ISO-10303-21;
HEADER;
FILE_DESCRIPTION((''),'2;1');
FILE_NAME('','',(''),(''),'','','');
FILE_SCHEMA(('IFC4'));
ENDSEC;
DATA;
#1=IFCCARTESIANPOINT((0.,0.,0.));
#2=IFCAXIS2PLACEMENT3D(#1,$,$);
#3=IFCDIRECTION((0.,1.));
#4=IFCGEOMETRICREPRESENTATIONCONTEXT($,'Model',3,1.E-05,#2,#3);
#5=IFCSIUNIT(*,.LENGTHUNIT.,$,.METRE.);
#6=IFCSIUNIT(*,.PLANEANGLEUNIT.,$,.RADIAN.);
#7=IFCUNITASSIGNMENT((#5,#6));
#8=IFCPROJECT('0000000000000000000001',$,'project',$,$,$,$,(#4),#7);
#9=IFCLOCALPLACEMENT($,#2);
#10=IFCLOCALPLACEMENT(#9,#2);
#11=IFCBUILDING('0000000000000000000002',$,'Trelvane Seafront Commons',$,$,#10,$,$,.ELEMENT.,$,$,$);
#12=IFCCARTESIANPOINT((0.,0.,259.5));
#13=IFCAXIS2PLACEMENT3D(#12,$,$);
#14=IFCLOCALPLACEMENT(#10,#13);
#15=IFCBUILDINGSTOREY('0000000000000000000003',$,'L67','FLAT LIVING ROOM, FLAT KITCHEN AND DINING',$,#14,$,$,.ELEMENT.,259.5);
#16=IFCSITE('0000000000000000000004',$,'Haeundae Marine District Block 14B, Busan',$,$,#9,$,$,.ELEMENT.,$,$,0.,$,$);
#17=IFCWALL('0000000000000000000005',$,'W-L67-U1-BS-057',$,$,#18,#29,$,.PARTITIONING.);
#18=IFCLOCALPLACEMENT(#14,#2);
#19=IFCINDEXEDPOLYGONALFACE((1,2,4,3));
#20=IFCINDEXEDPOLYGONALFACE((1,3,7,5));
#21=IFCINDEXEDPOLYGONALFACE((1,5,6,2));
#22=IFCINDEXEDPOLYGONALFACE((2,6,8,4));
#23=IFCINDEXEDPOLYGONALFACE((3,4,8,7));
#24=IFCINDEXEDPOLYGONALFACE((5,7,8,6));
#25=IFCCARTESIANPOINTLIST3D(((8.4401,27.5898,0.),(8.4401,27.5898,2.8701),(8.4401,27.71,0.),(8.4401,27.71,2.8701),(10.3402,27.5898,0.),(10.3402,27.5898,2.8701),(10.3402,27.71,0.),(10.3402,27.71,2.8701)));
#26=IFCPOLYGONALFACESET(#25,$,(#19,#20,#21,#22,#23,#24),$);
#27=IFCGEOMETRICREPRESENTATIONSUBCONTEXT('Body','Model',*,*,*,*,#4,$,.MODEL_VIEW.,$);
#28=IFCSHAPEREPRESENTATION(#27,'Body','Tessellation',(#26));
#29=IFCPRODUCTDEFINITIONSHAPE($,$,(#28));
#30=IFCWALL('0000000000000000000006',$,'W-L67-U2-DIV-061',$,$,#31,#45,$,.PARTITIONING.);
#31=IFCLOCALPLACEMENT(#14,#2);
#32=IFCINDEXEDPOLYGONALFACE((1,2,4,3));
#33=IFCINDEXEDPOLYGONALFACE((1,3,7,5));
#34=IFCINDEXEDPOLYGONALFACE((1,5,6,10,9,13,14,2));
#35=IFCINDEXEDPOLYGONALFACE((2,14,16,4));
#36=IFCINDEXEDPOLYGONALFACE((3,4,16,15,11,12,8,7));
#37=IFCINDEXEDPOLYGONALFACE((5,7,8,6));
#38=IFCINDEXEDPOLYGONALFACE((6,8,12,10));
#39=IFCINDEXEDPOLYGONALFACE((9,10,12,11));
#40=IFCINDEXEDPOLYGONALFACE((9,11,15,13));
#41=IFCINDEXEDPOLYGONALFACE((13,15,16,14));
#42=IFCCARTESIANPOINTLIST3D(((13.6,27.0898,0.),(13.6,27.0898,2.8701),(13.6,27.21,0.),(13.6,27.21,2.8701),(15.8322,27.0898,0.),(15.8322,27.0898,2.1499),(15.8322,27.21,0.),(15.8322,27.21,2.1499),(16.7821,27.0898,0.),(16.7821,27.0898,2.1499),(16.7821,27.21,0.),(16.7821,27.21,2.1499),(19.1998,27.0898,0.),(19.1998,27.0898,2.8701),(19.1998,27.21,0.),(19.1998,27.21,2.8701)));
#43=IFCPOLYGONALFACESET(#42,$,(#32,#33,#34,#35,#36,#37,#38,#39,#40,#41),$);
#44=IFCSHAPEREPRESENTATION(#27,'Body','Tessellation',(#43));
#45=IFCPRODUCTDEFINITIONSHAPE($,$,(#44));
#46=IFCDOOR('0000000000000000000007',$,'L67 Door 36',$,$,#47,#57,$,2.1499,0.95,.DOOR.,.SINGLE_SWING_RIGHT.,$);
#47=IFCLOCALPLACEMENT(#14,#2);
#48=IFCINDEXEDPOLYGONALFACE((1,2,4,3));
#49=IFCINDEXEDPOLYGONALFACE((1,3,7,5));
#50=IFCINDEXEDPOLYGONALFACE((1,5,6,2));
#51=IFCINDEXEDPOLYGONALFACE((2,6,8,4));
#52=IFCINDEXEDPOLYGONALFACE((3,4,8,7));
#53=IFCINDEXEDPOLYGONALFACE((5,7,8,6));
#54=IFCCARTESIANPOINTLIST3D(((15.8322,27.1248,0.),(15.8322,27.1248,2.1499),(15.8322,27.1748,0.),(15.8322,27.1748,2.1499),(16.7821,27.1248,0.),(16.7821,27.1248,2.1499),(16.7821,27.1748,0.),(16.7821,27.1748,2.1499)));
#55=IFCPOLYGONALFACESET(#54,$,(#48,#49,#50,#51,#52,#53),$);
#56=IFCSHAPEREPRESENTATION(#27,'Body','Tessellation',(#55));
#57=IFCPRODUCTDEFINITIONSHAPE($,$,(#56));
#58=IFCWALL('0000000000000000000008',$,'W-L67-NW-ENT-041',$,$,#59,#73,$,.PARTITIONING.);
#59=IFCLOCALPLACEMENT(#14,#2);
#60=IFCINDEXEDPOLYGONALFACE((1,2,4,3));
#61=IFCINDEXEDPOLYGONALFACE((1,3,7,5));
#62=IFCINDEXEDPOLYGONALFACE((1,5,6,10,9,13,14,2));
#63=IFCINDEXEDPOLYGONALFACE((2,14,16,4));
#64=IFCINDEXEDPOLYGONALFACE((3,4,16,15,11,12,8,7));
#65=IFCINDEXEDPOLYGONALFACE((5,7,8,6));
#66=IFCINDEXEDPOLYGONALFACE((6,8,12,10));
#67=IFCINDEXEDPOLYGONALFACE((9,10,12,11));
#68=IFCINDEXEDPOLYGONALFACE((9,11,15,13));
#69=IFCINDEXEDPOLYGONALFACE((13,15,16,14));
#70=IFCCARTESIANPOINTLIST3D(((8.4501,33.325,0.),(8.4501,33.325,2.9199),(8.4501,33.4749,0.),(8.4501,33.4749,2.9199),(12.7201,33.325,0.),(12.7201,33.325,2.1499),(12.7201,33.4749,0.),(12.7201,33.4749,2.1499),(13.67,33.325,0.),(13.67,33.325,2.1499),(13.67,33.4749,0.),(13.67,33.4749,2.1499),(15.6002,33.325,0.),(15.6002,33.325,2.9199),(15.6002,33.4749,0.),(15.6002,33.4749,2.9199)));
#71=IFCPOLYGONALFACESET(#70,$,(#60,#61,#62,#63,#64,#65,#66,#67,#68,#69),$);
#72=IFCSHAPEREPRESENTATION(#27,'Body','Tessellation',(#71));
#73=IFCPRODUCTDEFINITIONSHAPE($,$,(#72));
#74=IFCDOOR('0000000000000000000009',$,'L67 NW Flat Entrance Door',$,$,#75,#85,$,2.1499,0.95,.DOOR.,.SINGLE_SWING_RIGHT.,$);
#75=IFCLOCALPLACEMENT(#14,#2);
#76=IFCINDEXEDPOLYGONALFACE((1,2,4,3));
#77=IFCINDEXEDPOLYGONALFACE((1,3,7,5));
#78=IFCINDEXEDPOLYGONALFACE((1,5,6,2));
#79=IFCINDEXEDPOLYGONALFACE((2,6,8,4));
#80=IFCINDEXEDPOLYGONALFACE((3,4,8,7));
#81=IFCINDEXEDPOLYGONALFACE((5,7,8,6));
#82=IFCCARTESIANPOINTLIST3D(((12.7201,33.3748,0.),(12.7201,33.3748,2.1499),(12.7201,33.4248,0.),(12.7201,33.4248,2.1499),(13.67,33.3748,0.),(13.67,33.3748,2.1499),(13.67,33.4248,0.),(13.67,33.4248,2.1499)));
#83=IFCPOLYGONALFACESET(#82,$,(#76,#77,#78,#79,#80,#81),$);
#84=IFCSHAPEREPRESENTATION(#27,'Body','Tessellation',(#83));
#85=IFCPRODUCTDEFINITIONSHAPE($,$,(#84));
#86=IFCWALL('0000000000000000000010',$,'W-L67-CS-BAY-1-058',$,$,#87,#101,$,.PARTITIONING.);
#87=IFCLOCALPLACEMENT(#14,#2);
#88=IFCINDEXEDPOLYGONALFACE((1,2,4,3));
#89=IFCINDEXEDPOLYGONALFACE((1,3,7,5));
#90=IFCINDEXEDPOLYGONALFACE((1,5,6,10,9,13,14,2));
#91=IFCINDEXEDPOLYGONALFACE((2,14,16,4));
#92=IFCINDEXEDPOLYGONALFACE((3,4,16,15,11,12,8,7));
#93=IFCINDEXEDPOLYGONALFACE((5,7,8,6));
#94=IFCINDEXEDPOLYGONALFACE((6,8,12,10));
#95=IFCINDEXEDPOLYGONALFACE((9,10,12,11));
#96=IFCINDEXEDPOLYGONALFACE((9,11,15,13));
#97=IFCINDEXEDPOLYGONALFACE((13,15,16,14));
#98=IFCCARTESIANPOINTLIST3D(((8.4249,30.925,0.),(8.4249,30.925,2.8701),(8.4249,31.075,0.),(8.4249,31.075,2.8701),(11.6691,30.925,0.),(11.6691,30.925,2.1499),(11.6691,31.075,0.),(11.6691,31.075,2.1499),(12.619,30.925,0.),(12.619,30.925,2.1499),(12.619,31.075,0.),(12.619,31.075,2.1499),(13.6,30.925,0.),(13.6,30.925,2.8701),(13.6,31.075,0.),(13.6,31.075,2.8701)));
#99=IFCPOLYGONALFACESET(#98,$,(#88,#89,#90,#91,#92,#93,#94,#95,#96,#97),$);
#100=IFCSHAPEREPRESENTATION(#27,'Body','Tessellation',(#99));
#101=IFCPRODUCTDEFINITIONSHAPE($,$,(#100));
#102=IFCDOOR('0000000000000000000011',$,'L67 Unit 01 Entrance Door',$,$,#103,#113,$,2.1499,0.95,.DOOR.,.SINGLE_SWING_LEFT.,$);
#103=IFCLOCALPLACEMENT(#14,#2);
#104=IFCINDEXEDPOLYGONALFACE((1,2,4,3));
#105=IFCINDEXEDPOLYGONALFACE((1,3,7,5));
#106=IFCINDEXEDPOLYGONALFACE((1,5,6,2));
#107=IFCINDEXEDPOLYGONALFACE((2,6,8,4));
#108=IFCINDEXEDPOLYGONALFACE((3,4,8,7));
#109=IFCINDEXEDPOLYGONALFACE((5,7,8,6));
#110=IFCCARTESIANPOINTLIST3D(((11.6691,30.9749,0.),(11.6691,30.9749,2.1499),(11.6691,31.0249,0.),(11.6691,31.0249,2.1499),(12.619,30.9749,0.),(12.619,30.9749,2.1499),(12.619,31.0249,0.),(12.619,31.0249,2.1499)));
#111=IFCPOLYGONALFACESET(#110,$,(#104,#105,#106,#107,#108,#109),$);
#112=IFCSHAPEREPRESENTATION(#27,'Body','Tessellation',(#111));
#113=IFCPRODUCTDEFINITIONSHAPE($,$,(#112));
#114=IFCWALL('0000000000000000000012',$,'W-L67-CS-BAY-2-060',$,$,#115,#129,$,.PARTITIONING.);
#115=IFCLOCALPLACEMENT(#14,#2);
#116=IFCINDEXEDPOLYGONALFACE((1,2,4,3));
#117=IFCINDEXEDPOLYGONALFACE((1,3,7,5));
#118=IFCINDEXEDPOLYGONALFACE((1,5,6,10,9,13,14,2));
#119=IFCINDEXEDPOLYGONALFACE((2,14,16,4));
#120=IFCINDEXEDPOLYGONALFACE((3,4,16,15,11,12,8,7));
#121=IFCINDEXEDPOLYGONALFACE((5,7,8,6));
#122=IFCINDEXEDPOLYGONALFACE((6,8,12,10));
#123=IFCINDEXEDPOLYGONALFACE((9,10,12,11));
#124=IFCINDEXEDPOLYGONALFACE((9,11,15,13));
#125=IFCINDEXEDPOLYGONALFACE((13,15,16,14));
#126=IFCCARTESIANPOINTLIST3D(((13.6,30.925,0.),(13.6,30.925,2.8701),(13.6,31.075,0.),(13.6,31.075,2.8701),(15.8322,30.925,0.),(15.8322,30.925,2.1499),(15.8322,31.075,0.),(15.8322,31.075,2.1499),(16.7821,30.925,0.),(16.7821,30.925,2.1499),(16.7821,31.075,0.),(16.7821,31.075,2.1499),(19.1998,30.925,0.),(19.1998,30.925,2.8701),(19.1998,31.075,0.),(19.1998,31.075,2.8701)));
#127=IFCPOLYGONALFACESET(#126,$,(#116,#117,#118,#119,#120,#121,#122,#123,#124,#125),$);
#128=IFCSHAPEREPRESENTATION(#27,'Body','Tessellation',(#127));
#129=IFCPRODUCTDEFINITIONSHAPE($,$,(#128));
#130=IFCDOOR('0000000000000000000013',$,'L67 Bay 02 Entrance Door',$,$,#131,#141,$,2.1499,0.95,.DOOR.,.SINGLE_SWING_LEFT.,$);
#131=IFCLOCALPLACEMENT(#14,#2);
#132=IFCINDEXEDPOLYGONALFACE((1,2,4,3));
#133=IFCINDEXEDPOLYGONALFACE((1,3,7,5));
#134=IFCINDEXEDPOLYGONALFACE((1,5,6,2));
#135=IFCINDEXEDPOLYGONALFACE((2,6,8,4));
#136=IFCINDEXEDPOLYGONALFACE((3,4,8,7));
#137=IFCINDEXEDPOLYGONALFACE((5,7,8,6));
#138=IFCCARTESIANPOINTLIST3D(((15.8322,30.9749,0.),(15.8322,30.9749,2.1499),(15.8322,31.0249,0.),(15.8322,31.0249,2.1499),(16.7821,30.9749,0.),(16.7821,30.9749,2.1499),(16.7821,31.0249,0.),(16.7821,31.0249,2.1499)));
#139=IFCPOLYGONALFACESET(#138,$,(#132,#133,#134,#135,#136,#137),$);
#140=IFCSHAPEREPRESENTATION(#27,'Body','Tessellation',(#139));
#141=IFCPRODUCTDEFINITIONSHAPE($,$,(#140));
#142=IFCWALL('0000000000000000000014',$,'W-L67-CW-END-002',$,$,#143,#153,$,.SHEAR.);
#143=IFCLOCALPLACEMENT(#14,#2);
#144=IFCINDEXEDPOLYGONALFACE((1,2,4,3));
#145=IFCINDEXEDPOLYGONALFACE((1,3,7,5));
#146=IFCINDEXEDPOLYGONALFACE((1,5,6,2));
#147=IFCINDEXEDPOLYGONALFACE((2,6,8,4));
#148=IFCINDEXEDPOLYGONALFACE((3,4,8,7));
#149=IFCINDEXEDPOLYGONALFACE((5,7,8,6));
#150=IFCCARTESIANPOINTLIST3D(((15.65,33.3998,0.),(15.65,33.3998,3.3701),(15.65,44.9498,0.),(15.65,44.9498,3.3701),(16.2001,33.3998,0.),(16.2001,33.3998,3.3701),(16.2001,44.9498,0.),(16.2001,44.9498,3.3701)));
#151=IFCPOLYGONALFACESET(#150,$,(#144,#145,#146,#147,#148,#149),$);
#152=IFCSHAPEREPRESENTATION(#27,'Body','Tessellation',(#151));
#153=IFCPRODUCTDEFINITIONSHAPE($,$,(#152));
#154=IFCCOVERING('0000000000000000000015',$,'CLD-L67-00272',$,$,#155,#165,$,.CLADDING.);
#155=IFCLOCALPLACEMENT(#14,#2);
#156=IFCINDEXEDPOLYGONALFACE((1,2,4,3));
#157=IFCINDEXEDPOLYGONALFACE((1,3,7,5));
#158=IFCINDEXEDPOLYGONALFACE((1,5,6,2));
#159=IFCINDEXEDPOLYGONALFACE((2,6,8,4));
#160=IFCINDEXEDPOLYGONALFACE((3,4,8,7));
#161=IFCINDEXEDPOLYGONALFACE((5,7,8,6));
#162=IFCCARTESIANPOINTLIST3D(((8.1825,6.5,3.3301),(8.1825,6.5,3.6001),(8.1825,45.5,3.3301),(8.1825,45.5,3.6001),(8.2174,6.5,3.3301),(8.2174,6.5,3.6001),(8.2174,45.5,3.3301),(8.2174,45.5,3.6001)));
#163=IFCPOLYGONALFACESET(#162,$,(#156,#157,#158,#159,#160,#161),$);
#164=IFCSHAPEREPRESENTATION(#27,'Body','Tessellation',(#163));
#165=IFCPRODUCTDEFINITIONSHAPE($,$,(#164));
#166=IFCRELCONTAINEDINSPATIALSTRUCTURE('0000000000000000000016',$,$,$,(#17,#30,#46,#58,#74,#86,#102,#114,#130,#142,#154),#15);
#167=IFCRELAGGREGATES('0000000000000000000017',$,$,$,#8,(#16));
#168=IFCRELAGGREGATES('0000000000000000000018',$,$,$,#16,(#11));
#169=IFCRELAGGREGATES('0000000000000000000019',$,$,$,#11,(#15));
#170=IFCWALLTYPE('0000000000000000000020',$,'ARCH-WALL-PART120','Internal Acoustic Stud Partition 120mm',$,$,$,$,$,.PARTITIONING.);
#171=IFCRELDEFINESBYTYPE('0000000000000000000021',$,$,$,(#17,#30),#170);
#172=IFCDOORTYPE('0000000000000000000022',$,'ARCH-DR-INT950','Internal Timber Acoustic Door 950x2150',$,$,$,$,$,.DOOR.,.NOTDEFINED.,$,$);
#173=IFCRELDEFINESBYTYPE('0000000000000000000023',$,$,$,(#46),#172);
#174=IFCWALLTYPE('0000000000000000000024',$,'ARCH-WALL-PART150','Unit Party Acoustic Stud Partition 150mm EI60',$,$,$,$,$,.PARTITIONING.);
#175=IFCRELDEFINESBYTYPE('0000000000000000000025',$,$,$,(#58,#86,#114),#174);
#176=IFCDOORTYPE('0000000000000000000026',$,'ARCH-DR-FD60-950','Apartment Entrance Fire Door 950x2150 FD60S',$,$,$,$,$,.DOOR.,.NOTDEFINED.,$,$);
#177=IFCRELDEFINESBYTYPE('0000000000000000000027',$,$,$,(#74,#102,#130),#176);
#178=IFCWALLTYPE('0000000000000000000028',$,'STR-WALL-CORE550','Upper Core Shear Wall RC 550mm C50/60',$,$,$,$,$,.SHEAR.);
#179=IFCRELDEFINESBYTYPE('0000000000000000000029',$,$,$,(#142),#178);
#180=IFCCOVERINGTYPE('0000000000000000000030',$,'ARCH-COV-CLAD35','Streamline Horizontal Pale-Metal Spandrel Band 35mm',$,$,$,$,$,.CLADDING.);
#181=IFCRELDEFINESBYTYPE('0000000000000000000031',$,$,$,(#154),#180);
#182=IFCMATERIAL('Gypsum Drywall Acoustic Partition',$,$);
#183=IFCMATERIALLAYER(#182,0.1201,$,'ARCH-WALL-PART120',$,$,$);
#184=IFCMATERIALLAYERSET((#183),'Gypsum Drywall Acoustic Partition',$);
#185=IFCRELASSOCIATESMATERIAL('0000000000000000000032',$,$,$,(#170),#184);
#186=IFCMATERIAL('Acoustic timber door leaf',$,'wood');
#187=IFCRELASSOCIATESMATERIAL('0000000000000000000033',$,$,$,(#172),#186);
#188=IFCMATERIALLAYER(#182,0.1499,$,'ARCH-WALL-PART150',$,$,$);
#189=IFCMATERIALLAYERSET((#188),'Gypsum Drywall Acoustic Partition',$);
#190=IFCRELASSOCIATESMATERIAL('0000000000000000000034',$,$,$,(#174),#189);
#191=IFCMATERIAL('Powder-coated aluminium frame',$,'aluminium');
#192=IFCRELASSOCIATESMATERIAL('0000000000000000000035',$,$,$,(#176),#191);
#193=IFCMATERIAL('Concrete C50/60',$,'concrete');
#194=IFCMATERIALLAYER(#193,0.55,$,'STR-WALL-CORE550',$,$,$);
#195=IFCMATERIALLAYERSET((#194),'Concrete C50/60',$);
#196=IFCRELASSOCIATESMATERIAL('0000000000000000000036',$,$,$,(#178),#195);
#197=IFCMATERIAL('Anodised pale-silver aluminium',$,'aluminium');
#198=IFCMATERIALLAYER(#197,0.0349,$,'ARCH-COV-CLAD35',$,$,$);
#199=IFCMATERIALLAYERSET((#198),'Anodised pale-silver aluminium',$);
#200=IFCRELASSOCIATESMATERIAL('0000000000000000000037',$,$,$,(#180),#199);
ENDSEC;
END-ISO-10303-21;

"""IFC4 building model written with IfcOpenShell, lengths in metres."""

from ifc_helpers import new_model, si_unit, direction, frame, frame_2d, origin, origin_2d, place, context, subcontext, project, spatial, rectangle, extrude, source, transform, mapped, material, layer, layer_set, type_object, element, fill, save


model = new_model("IFC4")

# Units and contexts
model_context = context("Model", 3, precision=1e-05, world=origin(), true_north=direction((0.0, 1.0)))
body_context = subcontext(model_context, "Body", "Model", "MODEL_VIEW")
ifc_project = project(units=[si_unit("LENGTHUNIT", "METRE"), si_unit("PLANEANGLEUNIT", "RADIAN")], contexts=[model_context])

# Site, building, storey
site_placement = place(None, origin())
site = spatial("IfcSite", under=ifc_project, at=site_placement, Name="Haeundae Marine District Block 14B, Busan", CompositionType="ELEMENT", RefElevation=0.0)
building_placement = place(site_placement, origin())
building = spatial("IfcBuilding", under=site, at=building_placement, Name="Trelvane Seafront Commons", CompositionType="ELEMENT")
storey_placement = place(building_placement, frame((0.0, 0.0, 259.5)))
storey = spatial("IfcBuildingStorey", under=building, at=storey_placement, Name="L67", Description="FLAT LIVING ROOM, FLAT KITCHEN AND DINING", CompositionType="ELEMENT", Elevation=259.5)

# Shared definitions
ifc_material_1 = material(Name="Concrete C50/60", Category="concrete")

# Shared definitions
ifc_material_2 = material(Name="Gypsum Drywall Acoustic Partition")
ifc_layer_1 = layer(ifc_material_2, 0.1201, Name="ARCH-WALL-PART120")
ifc_layer_set_1 = layer_set([ifc_layer_1], Name="Gypsum Drywall Acoustic Partition")
wall_type_1 = type_object("IfcWallType", Name="ARCH-WALL-PART120", Description="Internal Acoustic Stud Partition 120mm", PredefinedType="PARTITIONING", material=ifc_layer_set_1)
ifc_material_3 = material(Name="Acoustic timber door leaf", Category="wood")
door_type_1 = type_object("IfcDoorType", Name="ARCH-DR-INT950", Description="Internal Timber Acoustic Door 950x2150", OperationType="NOTDEFINED", PredefinedType="DOOR", material=ifc_material_3)
shared_shape_1 = source(origin(), body_context, "Body", "SweptSolid", [
    extrude(rectangle(XDim=0.95, YDim=2.1499, at=frame_2d((0.4751, 1.075))), frame((0.0, 0.0249, 0.0), z_axis=(0.0, -1.0, 0.0), x_axis=(1.0, 0.0, 0.0)), (0.0, 0.0, 1.0), 0.05),
])

# Wall
wall_1_placement = place(storey_placement, frame((8.4399, 27.6499, 0.0), z_axis=(0.0, 0.0, 1.0), x_axis=(1.0, 0.0, 0.0)))
element("IfcWall", 1, at=wall_1_placement, inside=storey, type_object=wall_type_1, Name="W-L67-U1-BS-057", PredefinedType="PARTITIONING", context=body_context, shape_type="SweptSolid", body=[
    extrude(rectangle(XDim=1.9001, YDim=0.1201, at=frame_2d((0.9502, 0.0))), origin(), (0.0, 0.0, 1.0), 2.8701),
])

# Walls, openings, doors
wall_2_placement = place(storey_placement, frame((13.6001, 27.1499, 0.0), z_axis=(0.0, 0.0, 1.0), x_axis=(1.0, 0.0, 0.0)))
wall_2 = element("IfcWall", 2, at=wall_2_placement, inside=storey, type_object=wall_type_1, Name="W-L67-U2-DIV-061", PredefinedType="PARTITIONING", context=body_context, shape_type="SweptSolid", body=[
    extrude(rectangle(XDim=5.5999, YDim=0.1201, at=frame_2d((2.7998, 0.0))), origin(), (0.0, 0.0, 1.0), 2.8701),
])
opening_1_placement = place(wall_2_placement, frame((2.2319, 0.0, 0.0)))
opening_1 = element("IfcOpeningElement", 3, at=opening_1_placement, cuts=wall_2, PredefinedType="OPENING", context=body_context, shape_type="SweptSolid", body=[
    extrude(rectangle(XDim=0.95, YDim=2.1499, at=frame_2d((0.4751, 1.075))), frame((0.0, 0.0701, 0.0), z_axis=(0.0, -1.0, 0.0), x_axis=(1.0, 0.0, 0.0)), (0.0, 0.0, 1.0), 0.1401),
])
door_1_placement = place(opening_1_placement, origin())
door_1 = element("IfcDoor", 4, at=door_1_placement, inside=storey, type_object=door_type_1, Name="L67 Door 36", OperationType="SINGLE_SWING_RIGHT", OverallHeight=2.1499, OverallWidth=0.95, PredefinedType="DOOR", context=body_context, shape_type="MappedRepresentation", body=[
    mapped(shared_shape_1, transform((0.0, 0.0, 0.0), x_axis=(1.0, 0.0, 0.0), y_axis=(0.0, 1.0, 0.0), z_axis=(0.0, 0.0, 1.0), scale=1.0)),
])
fill(opening_1, door_1)
ifc_layer_2 = layer(ifc_material_2, 0.1499, Name="ARCH-WALL-PART150")
ifc_layer_set_2 = layer_set([ifc_layer_2], Name="Gypsum Drywall Acoustic Partition")
wall_type_2 = type_object("IfcWallType", Name="ARCH-WALL-PART150", Description="Unit Party Acoustic Stud Partition 150mm EI60", PredefinedType="PARTITIONING", material=ifc_layer_set_2)
wall_3_placement = place(storey_placement, frame((8.45, 33.3999, 0.0), z_axis=(0.0, 0.0, 1.0), x_axis=(1.0, 0.0, 0.0)))
wall_3 = element("IfcWall", 5, at=wall_3_placement, inside=storey, type_object=wall_type_2, Name="W-L67-NW-ENT-041", PredefinedType="PARTITIONING", context=body_context, shape_type="SweptSolid", body=[
    extrude(rectangle(XDim=7.1501, YDim=0.1499, at=frame_2d((3.5752, 0.0))), origin(), (0.0, 0.0, 1.0), 2.9199),
])
opening_2_placement = place(wall_3_placement, frame((4.27, 0.0, 0.0)))
opening_2 = element("IfcOpeningElement", 6, at=opening_2_placement, cuts=wall_3, PredefinedType="OPENING", context=body_context, shape_type="SweptSolid", body=[
    extrude(rectangle(XDim=0.95, YDim=2.1499, at=frame_2d((0.4751, 1.075))), frame((0.0, 0.085, 0.0), z_axis=(0.0, -1.0, 0.0), x_axis=(1.0, 0.0, 0.0)), (0.0, 0.0, 1.0), 0.1699),
])
ifc_material_4 = material(Name="Powder-coated aluminium frame", Category="aluminium")
door_type_2 = type_object("IfcDoorType", Name="ARCH-DR-FD60-950", Description="Apartment Entrance Fire Door 950x2150 FD60S", OperationType="NOTDEFINED", PredefinedType="DOOR", material=ifc_material_4)
door_2_placement = place(opening_2_placement, origin())
door_2 = element("IfcDoor", 7, at=door_2_placement, inside=storey, type_object=door_type_2, Name="L67 NW Flat Entrance Door", OperationType="SINGLE_SWING_RIGHT", OverallHeight=2.1499, OverallWidth=0.95, PredefinedType="DOOR", context=body_context, shape_type="MappedRepresentation", body=[
    mapped(shared_shape_1, transform((0.0, 0.0, 0.0), x_axis=(1.0, 0.0, 0.0), y_axis=(0.0, 1.0, 0.0), z_axis=(0.0, 0.0, 1.0), scale=1.0)),
])
fill(opening_2, door_2)
wall_4_placement = place(storey_placement, frame((8.425, 31.0, 0.0), z_axis=(0.0, 0.0, 1.0), x_axis=(1.0, 0.0, 0.0)))
wall_4 = element("IfcWall", 8, at=wall_4_placement, inside=storey, type_object=wall_type_2, Name="W-L67-CS-BAY-1-058", PredefinedType="PARTITIONING", context=body_context, shape_type="SweptSolid", body=[
    extrude(rectangle(XDim=5.175, YDim=0.1499, at=frame_2d((2.5874, 0.0))), origin(), (0.0, 0.0, 1.0), 2.8701),
])
opening_3_placement = place(wall_4_placement, frame((3.2439, 0.0, 0.0)))
opening_3 = element("IfcOpeningElement", 9, at=opening_3_placement, cuts=wall_4, PredefinedType="OPENING", context=body_context, shape_type="SweptSolid", body=[
    extrude(rectangle(XDim=0.95, YDim=2.1499, at=frame_2d((0.4751, 1.075))), frame((0.0, 0.085, 0.0), z_axis=(0.0, -1.0, 0.0), x_axis=(1.0, 0.0, 0.0)), (0.0, 0.0, 1.0), 0.1699),
])
door_3_placement = place(opening_3_placement, origin())
door_3 = element("IfcDoor", 10, at=door_3_placement, inside=storey, type_object=door_type_2, Name="L67 Unit 01 Entrance Door", OperationType="SINGLE_SWING_LEFT", OverallHeight=2.1499, OverallWidth=0.95, PredefinedType="DOOR", context=body_context, shape_type="MappedRepresentation", body=[
    mapped(shared_shape_1, transform((0.0, 0.0, 0.0), x_axis=(1.0, 0.0, 0.0), y_axis=(0.0, 1.0, 0.0), z_axis=(0.0, 0.0, 1.0), scale=1.0)),
])
fill(opening_3, door_3)
wall_5_placement = place(storey_placement, frame((13.6001, 31.0, 0.0), z_axis=(0.0, 0.0, 1.0), x_axis=(1.0, 0.0, 0.0)))
wall_5 = element("IfcWall", 11, at=wall_5_placement, inside=storey, type_object=wall_type_2, Name="W-L67-CS-BAY-2-060", PredefinedType="PARTITIONING", context=body_context, shape_type="SweptSolid", body=[
    extrude(rectangle(XDim=5.5999, YDim=0.1499, at=frame_2d((2.7998, 0.0))), origin(), (0.0, 0.0, 1.0), 2.8701),
])
opening_4_placement = place(wall_5_placement, frame((2.2319, 0.0, 0.0)))
opening_4 = element("IfcOpeningElement", 12, at=opening_4_placement, cuts=wall_5, PredefinedType="OPENING", context=body_context, shape_type="SweptSolid", body=[
    extrude(rectangle(XDim=0.95, YDim=2.1499, at=frame_2d((0.4751, 1.075))), frame((0.0, 0.085, 0.0), z_axis=(0.0, -1.0, 0.0), x_axis=(1.0, 0.0, 0.0)), (0.0, 0.0, 1.0), 0.1699),
])
door_4_placement = place(opening_4_placement, origin())
door_4 = element("IfcDoor", 13, at=door_4_placement, inside=storey, type_object=door_type_2, Name="L67 Bay 02 Entrance Door", OperationType="SINGLE_SWING_LEFT", OverallHeight=2.1499, OverallWidth=0.95, PredefinedType="DOOR", context=body_context, shape_type="MappedRepresentation", body=[
    mapped(shared_shape_1, transform((0.0, 0.0, 0.0), x_axis=(1.0, 0.0, 0.0), y_axis=(0.0, 1.0, 0.0), z_axis=(0.0, 0.0, 1.0), scale=1.0)),
])
fill(opening_4, door_4)

# Wall
ifc_layer_3 = layer(ifc_material_1, 0.55, Name="STR-WALL-CORE550")
ifc_layer_set_3 = layer_set([ifc_layer_3], Name="Concrete C50/60")
wall_type_3 = type_object("IfcWallType", Name="STR-WALL-CORE550", Description="Upper Core Shear Wall RC 550mm C50/60", PredefinedType="SHEAR", material=ifc_layer_set_3)
wall_6_placement = place(storey_placement, frame((15.925, 33.3999, 0.0), z_axis=(0.0, 0.0, 1.0), x_axis=(0.0, 1.0, 0.0)))
element("IfcWall", 14, at=wall_6_placement, inside=storey, type_object=wall_type_3, Name="W-L67-CW-END-002", PredefinedType="SHEAR", context=body_context, shape_type="SweptSolid", body=[
    extrude(rectangle(XDim=11.55, YDim=0.55, at=frame_2d((5.7749, 0.0))), origin(), (0.0, 0.0, 1.0), 3.3701),
])

# Covering
ifc_material_5 = material(Name="Anodised pale-silver aluminium", Category="aluminium")
ifc_layer_4 = layer(ifc_material_5, 0.0349, Name="ARCH-COV-CLAD35")
ifc_layer_set_4 = layer_set([ifc_layer_4], Name="Anodised pale-silver aluminium")
covering_type = type_object("IfcCoveringType", Name="ARCH-COV-CLAD35", Description="Streamline Horizontal Pale-Metal Spandrel Band 35mm", PredefinedType="CLADDING", material=ifc_layer_set_4)
shared_shape_2 = source(origin(), body_context, "Body", "SweptSolid", [
    extrude(rectangle(XDim=39.0, YDim=0.0349, at=origin_2d()), origin(), (0.0, 0.0, 1.0), 0.27),
])
covering_placement = place(storey_placement, frame((8.2, 26.0, 3.3301), z_axis=(0.0, 0.0, 1.0), x_axis=(0.0, 1.0, 0.0)))
element("IfcCovering", 15, at=covering_placement, inside=storey, type_object=covering_type, Name="CLD-L67-00272", PredefinedType="CLADDING", context=body_context, shape_type="MappedRepresentation", body=[
    mapped(shared_shape_2, transform((0.0, 0.0, 0.0), x_axis=(1.0, 0.0, 0.0), y_axis=(0.0, 1.0, 0.0), z_axis=(0.0, 0.0, 1.0), scale=1.0)),
])

save(model, "model.ifc")
